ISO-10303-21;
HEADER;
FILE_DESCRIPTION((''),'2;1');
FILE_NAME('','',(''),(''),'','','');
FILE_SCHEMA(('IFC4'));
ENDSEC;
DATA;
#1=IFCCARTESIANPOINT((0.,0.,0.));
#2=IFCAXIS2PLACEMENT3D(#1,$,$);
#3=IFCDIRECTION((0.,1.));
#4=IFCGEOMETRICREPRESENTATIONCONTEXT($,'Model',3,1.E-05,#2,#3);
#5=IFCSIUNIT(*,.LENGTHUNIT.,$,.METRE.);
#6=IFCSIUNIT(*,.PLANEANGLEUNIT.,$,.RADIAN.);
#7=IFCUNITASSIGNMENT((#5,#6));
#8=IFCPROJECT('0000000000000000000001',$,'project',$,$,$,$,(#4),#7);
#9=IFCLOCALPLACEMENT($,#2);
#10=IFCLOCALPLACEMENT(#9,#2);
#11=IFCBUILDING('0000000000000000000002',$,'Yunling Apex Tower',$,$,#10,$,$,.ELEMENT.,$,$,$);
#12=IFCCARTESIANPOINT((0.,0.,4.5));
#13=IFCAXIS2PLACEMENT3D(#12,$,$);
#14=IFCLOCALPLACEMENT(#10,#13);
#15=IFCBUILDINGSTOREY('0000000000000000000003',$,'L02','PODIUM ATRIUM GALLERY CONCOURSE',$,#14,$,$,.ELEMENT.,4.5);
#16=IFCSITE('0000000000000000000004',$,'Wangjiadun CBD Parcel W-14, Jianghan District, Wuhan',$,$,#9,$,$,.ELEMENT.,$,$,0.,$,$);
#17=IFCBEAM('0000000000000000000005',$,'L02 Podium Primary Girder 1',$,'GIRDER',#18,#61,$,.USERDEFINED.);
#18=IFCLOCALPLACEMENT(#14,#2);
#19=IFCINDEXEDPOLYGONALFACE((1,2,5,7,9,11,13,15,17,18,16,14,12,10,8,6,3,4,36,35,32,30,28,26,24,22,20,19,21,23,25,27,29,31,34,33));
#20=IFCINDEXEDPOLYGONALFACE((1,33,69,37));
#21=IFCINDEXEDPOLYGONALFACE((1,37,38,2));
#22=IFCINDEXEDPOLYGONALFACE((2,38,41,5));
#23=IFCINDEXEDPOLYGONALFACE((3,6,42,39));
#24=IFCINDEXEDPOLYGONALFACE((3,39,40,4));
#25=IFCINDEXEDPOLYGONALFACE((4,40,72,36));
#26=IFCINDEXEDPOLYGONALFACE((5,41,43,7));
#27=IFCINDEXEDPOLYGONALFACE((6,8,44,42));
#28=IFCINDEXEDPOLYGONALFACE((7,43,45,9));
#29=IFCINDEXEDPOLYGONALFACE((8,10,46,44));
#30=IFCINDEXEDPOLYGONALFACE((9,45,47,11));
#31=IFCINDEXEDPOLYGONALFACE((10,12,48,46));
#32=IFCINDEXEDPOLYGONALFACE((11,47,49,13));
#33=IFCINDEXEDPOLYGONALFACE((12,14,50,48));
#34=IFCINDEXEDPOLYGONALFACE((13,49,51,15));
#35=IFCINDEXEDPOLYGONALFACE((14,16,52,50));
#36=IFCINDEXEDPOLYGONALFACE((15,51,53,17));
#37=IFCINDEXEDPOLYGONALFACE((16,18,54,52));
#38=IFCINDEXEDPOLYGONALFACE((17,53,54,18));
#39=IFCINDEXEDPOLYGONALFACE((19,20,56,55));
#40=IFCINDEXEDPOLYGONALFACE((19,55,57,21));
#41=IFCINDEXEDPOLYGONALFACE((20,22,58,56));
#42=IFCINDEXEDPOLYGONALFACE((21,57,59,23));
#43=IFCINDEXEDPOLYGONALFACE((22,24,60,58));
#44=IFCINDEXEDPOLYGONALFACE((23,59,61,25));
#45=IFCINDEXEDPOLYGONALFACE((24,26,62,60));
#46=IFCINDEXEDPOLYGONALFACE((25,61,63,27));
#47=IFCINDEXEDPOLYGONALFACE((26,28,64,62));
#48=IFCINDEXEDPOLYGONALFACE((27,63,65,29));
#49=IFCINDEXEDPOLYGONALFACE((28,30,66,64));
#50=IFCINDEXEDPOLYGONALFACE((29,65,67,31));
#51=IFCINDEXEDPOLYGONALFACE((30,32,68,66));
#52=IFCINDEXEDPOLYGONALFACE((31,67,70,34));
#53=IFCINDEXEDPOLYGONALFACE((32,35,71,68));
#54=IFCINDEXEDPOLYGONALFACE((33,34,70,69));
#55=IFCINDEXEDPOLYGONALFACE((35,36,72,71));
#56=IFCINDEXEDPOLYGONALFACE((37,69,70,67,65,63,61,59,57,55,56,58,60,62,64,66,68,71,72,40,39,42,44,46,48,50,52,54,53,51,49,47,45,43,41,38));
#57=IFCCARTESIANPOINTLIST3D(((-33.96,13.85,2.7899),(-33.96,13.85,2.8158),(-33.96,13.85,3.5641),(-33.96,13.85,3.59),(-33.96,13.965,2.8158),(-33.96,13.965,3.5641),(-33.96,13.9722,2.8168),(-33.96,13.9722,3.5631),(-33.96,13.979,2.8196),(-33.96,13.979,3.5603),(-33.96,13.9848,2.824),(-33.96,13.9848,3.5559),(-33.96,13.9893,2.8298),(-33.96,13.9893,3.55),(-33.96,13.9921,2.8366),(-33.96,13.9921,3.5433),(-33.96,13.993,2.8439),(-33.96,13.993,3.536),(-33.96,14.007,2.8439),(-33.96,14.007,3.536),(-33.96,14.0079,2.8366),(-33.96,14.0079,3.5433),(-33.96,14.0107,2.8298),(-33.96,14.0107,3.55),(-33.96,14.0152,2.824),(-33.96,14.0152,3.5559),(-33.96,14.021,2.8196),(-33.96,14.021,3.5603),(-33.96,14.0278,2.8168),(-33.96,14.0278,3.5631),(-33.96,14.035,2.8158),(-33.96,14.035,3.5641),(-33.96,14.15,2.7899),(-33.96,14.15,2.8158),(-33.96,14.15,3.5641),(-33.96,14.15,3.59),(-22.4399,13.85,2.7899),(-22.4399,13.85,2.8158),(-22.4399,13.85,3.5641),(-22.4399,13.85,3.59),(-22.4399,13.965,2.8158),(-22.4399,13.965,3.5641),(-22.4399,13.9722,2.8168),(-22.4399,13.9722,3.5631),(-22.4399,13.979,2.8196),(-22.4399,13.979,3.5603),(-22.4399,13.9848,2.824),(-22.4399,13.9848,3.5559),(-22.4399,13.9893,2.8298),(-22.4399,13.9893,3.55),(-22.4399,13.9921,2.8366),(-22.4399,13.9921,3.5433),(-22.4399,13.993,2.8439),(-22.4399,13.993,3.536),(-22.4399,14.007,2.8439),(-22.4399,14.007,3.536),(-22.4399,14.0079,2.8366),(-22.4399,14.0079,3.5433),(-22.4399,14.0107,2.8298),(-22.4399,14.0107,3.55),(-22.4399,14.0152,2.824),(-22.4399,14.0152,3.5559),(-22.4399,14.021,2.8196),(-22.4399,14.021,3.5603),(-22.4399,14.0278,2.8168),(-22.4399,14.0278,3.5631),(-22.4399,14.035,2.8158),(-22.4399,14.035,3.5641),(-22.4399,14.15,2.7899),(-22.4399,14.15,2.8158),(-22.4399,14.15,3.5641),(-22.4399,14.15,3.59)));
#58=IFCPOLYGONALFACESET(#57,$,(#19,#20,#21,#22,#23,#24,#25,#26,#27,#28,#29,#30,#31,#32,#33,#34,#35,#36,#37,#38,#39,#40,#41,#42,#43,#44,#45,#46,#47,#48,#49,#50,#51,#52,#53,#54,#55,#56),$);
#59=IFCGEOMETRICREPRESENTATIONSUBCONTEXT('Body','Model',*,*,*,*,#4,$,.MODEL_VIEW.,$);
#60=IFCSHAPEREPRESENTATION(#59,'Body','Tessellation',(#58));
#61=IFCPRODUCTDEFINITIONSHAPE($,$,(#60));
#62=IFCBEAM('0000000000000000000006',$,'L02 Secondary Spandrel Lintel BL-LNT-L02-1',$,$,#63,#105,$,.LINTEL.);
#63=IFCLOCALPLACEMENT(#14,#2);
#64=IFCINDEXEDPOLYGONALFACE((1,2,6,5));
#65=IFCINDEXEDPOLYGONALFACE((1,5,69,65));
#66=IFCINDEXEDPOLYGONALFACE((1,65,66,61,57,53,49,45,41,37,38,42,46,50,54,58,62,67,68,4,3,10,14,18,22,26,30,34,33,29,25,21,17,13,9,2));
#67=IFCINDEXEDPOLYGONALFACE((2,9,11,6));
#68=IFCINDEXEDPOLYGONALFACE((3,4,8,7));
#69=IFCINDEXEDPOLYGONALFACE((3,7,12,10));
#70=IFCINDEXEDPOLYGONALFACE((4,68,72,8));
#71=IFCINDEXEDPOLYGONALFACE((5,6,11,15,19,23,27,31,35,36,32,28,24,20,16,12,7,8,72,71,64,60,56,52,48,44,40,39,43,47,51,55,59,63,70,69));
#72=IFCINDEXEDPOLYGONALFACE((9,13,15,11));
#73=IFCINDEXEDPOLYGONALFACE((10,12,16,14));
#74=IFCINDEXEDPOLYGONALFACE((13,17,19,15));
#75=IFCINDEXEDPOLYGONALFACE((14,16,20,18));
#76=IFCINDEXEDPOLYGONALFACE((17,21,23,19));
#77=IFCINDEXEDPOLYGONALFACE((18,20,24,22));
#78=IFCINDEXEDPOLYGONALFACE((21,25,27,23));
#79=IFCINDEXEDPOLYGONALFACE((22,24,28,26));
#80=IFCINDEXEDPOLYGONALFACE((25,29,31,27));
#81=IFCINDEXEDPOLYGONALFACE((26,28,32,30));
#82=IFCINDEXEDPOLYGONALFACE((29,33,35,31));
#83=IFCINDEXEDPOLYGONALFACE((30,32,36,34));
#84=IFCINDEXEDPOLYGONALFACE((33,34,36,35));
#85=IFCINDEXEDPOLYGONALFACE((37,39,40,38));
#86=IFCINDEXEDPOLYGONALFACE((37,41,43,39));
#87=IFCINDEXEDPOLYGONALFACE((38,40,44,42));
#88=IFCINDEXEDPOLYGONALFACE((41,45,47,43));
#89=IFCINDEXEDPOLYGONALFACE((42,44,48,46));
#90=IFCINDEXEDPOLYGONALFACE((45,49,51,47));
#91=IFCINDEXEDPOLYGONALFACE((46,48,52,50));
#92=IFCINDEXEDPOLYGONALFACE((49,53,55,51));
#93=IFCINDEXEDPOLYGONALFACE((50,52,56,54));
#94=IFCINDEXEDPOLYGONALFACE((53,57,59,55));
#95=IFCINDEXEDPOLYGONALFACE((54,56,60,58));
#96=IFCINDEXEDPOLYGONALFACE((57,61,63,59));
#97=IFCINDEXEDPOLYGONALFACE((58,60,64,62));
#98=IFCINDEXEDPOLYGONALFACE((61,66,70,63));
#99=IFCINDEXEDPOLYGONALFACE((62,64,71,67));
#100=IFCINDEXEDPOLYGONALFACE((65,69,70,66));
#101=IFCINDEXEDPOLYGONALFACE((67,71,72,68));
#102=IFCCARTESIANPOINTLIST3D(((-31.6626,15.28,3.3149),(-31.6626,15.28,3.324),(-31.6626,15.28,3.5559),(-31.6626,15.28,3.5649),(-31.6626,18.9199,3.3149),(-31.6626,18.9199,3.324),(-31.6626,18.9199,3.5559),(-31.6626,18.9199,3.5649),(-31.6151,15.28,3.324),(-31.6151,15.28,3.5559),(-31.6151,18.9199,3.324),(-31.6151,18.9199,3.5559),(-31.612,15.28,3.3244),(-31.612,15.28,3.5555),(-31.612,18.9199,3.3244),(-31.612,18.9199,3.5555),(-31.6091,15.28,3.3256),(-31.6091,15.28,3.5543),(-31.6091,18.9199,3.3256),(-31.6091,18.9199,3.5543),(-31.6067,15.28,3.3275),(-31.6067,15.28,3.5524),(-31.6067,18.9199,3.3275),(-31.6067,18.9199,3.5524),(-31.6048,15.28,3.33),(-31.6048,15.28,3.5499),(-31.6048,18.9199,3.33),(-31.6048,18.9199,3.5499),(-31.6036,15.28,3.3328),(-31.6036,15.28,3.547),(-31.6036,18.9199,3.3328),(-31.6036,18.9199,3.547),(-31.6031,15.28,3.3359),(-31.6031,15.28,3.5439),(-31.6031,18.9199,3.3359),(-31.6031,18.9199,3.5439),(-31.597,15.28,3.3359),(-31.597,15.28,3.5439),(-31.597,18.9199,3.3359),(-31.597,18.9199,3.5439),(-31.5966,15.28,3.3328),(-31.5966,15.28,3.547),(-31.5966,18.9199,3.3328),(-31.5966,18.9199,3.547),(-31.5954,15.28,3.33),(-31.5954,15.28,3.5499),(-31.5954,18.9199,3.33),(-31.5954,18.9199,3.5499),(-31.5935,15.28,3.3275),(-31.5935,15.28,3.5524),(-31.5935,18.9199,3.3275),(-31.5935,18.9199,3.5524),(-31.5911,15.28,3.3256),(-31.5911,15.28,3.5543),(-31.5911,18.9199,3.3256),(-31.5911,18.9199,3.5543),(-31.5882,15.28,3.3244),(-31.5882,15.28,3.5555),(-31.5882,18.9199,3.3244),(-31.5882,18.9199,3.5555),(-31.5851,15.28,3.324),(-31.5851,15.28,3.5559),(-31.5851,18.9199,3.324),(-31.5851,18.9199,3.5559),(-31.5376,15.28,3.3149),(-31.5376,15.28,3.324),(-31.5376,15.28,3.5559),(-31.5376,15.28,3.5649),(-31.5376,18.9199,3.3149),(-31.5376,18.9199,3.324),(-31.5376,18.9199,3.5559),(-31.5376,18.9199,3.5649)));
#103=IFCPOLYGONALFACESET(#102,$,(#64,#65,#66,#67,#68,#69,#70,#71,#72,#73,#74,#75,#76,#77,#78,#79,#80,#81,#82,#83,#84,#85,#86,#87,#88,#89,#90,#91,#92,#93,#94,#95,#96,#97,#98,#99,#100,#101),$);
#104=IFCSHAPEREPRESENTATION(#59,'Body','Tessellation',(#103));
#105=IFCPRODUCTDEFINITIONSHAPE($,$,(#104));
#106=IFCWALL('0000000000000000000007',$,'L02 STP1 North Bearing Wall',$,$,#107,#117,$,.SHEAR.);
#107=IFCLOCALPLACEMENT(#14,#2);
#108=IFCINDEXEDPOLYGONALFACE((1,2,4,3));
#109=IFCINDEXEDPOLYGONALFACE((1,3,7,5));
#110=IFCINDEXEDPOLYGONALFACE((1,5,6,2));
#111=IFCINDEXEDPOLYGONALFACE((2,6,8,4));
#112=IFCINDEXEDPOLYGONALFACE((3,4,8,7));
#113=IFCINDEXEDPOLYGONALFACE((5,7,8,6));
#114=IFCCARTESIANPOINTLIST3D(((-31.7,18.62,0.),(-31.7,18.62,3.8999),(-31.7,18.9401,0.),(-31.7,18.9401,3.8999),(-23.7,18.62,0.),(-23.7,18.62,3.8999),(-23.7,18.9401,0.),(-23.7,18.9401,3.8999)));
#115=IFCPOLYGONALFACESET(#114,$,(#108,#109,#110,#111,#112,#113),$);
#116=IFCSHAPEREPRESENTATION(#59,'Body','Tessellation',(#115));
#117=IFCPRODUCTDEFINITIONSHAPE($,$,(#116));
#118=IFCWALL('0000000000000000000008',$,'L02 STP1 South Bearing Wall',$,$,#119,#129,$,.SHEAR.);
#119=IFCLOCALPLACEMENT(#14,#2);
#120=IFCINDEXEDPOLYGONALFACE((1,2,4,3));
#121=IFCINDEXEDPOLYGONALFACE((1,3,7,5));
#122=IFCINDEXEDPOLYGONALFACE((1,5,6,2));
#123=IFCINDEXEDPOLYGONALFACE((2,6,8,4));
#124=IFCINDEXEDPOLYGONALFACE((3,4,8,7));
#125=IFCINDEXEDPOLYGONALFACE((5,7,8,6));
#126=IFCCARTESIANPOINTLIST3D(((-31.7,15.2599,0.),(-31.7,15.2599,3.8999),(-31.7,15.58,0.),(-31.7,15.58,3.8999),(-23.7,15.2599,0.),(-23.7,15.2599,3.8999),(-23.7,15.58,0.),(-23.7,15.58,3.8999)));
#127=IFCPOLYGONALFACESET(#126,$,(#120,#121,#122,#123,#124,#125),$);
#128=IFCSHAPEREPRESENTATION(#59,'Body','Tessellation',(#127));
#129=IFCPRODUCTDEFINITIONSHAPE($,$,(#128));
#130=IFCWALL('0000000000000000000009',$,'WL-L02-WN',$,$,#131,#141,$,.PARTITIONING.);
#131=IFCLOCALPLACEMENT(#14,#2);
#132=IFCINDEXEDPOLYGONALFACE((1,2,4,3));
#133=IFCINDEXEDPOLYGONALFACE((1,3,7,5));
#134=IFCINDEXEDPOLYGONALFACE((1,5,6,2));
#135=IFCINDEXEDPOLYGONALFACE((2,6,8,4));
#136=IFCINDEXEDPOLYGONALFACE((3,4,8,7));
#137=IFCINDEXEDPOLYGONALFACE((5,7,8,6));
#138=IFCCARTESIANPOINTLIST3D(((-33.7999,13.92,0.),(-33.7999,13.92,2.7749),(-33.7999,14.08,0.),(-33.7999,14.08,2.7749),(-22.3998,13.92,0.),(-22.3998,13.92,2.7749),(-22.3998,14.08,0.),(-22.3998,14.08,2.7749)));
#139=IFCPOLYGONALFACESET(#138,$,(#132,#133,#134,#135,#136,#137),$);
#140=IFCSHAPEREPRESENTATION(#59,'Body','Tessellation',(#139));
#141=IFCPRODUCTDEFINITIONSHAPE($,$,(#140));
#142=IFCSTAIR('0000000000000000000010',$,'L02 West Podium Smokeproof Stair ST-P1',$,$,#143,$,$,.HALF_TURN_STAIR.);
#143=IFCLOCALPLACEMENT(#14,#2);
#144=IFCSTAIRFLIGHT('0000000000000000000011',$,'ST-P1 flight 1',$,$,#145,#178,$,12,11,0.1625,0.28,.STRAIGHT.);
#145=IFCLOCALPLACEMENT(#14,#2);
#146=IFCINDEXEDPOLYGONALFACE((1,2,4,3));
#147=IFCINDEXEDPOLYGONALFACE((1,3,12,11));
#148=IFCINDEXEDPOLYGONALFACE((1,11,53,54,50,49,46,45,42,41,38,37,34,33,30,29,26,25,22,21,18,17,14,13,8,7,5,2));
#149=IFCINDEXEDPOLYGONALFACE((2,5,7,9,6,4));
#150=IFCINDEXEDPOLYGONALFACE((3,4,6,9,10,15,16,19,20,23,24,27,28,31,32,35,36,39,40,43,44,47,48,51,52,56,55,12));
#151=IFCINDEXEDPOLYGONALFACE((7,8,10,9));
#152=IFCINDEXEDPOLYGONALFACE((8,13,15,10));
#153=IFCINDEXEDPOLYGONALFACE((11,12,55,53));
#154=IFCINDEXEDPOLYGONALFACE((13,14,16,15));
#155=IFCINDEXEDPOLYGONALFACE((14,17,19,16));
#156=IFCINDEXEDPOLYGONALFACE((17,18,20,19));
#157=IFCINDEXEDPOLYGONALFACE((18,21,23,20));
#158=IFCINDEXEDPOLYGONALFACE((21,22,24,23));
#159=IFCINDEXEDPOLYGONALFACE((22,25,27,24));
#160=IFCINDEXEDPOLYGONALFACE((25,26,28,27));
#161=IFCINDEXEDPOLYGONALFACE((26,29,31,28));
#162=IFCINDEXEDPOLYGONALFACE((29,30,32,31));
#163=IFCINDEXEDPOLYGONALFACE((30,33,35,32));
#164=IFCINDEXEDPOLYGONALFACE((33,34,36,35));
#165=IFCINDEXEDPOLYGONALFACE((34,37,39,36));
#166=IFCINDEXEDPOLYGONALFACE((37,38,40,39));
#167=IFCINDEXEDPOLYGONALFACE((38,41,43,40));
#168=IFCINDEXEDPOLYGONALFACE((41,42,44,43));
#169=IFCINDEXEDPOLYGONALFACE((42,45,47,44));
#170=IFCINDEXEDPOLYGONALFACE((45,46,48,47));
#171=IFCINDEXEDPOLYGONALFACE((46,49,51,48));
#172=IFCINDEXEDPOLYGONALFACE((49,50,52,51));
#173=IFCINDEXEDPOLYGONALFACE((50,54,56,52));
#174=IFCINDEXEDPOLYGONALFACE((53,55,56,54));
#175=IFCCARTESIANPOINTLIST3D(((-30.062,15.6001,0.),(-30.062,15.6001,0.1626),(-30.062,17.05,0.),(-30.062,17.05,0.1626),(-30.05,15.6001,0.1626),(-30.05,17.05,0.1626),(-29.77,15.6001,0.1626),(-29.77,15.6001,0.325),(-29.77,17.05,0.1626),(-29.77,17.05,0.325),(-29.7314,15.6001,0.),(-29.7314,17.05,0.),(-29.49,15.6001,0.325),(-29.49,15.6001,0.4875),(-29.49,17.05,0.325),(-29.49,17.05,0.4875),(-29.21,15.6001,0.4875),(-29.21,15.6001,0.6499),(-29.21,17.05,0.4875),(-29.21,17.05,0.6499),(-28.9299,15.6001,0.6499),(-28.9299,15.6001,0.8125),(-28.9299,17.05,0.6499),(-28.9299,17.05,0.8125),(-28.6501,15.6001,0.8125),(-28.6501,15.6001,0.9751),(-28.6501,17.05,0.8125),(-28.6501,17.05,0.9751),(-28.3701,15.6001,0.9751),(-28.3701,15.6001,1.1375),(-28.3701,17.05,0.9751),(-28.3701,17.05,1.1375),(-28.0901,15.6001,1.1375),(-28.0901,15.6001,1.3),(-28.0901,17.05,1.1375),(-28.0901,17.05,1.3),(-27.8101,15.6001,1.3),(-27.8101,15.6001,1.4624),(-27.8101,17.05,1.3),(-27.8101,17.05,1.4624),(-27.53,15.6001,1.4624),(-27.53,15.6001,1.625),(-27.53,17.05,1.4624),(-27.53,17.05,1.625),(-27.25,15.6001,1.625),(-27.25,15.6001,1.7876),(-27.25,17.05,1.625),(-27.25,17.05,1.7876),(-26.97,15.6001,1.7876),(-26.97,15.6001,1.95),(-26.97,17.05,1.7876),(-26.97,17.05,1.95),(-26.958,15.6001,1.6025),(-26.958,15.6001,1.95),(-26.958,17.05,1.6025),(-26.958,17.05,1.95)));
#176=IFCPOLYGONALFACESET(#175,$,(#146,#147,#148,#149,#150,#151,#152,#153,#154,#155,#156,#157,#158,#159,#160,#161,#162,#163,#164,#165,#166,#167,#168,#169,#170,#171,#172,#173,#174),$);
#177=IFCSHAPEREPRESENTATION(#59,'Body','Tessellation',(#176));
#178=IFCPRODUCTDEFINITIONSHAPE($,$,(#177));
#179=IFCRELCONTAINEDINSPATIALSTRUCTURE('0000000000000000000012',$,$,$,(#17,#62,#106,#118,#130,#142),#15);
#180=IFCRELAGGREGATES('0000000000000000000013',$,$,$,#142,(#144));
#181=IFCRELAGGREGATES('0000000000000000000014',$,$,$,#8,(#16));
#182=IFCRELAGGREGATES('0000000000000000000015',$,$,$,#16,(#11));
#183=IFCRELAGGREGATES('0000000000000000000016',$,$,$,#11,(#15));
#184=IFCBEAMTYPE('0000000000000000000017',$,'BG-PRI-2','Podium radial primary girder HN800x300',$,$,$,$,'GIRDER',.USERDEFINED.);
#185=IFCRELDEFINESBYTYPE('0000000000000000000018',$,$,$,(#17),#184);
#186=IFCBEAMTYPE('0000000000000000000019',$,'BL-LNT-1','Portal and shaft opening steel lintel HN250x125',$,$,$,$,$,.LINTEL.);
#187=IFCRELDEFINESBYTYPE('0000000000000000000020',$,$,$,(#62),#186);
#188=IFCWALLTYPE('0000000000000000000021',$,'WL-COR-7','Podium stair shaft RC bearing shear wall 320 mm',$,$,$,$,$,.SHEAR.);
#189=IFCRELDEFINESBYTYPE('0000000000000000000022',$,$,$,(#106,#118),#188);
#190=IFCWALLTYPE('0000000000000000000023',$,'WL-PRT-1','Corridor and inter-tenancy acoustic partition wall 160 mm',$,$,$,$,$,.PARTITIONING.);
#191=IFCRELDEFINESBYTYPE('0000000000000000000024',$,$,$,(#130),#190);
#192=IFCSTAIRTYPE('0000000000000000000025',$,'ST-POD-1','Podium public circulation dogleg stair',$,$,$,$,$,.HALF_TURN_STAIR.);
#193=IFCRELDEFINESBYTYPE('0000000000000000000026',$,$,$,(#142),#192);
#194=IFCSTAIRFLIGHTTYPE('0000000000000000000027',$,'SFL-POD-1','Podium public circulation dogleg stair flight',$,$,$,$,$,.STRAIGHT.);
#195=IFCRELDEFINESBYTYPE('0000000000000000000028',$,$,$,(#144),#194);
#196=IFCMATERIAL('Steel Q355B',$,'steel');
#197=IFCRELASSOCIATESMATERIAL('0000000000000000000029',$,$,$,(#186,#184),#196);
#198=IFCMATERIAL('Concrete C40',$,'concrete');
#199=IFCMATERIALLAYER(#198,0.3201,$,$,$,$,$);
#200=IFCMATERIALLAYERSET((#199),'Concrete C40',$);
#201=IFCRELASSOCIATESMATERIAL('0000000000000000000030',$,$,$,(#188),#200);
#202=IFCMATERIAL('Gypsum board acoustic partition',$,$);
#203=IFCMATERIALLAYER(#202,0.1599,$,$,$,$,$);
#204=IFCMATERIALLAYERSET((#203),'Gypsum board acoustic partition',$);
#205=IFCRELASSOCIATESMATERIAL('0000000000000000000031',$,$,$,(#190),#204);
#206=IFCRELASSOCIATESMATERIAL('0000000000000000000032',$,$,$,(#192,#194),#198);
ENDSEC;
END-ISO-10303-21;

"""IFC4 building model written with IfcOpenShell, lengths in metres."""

from ifc_helpers import new_model, si_unit, direction, frame, frame_2d, origin, origin_2d, place, context, subcontext, project, spatial, polyline, rectangle, i_section, outline, extrude, source, transform, mapped, material, layer, layer_set, material_profile, profile_set, type_object, element, aggregate, save


model = new_model("IFC4")

# Units and contexts
model_context = context("Model", 3, precision=1e-05, world=origin(), true_north=direction((0.0, 1.0)))
body_context = subcontext(model_context, "Body", "Model", "MODEL_VIEW")
ifc_project = project(units=[si_unit("LENGTHUNIT", "METRE"), si_unit("PLANEANGLEUNIT", "RADIAN")], contexts=[model_context])

# Site, building, storey
site_placement = place(None, origin())
site = spatial("IfcSite", under=ifc_project, at=site_placement, Name="Wangjiadun CBD Parcel W-14, Jianghan District, Wuhan", CompositionType="ELEMENT", RefElevation=0.0)
building_placement = place(site_placement, origin())
building = spatial("IfcBuilding", under=site, at=building_placement, Name="Yunling Apex Tower", CompositionType="ELEMENT")
storey_placement = place(building_placement, frame((0.0, 0.0, 4.5)))
storey = spatial("IfcBuildingStorey", under=building, at=storey_placement, Name="L02", Description="PODIUM ATRIUM GALLERY CONCOURSE", CompositionType="ELEMENT", Elevation=4.5)

# Beams
ifc_material_1 = material(Name="Steel Q355B", Category="steel")
ifc_material_profile_1 = material_profile(ifc_material_1, i_section(OverallWidth=0.125, OverallDepth=0.25, WebThickness=0.0061, FlangeThickness=0.009, FilletRadius=0.012, at=origin_2d()))
ifc_profile_set_1 = profile_set([ifc_material_profile_1], Name="Steel Q355B")
beam_type_1 = type_object("IfcBeamType", Name="BL-LNT-1", Description="Portal and shaft opening steel lintel HN250x125", PredefinedType="LINTEL", material=ifc_profile_set_1)
ifc_material_profile_2 = material_profile(ifc_material_1, i_section(OverallWidth=0.3, OverallDepth=0.8, WebThickness=0.0139, FlangeThickness=0.0259, FilletRadius=0.0281, at=origin_2d()))
ifc_profile_set_2 = profile_set([ifc_material_profile_2], Name="Steel Q355B")
beam_type_2 = type_object("IfcBeamType", Name="BG-PRI-2", Description="Podium radial primary girder HN800x300", ElementType="GIRDER", PredefinedType="USERDEFINED", material=ifc_profile_set_2)
shared_shape_1 = source(origin(), body_context, "Body", "SweptSolid", [
    extrude(i_section(OverallWidth=0.3, OverallDepth=0.8, WebThickness=0.0139, FlangeThickness=0.0259, FilletRadius=0.0281, at=origin_2d()), origin(), (0.0, 0.0, 1.0), 11.52),
])
beam_1_placement = place(storey_placement, frame((-33.96, 14.0, 3.1899), z_axis=(1.0, 0.0, 0.0), x_axis=(0.0, 1.0, 0.0)))
element("IfcBeam", 1, at=beam_1_placement, inside=storey, type_object=beam_type_2, Name="L02 Podium Primary Girder 1", ObjectType="GIRDER", PredefinedType="USERDEFINED", context=body_context, shape_type="MappedRepresentation", body=[
    mapped(shared_shape_1, transform((0.0, 0.0, 0.0), scale=1.0)),
])
shared_shape_2 = source(origin(), body_context, "Body", "SweptSolid", [
    extrude(i_section(OverallWidth=0.125, OverallDepth=0.25, WebThickness=0.0061, FlangeThickness=0.009, FilletRadius=0.012, at=origin_2d()), origin(), (0.0, 0.0, 1.0), 3.6399),
])
beam_2_placement = place(storey_placement, frame((-31.6001, 15.28, 3.4399), z_axis=(0.0, 1.0, 0.0), x_axis=(-1.0, 0.0, 0.0)))
element("IfcBeam", 2, at=beam_2_placement, inside=storey, type_object=beam_type_1, Name="L02 Secondary Spandrel Lintel BL-LNT-L02-1", PredefinedType="LINTEL", context=body_context, shape_type="MappedRepresentation", body=[
    mapped(shared_shape_2, transform((0.0, 0.0, 0.0), scale=1.0)),
])

# Walls
ifc_material_2 = material(Name="Concrete C40", Category="concrete")
ifc_layer_1 = layer(ifc_material_2, 0.3201)
ifc_layer_set_1 = layer_set([ifc_layer_1], Name="Concrete C40")
wall_type_1 = type_object("IfcWallType", Name="WL-COR-7", Description="Podium stair shaft RC bearing shear wall 320 mm", PredefinedType="SHEAR", material=ifc_layer_set_1)
for number, where, z_axis, x_axis, name in (
    (3, (-31.7, 18.78, 0.0), (0.0, 0.0, 1.0), (1.0, 0.0, 0.0), "L02 STP1 North Bearing Wall"),
    (4, (-31.7, 15.4199, 0.0), (0.0, 0.0, 1.0), (1.0, 0.0, 0.0), "L02 STP1 South Bearing Wall"),
):
    element("IfcWall", number, at=place(storey_placement, frame(where, z_axis=z_axis, x_axis=x_axis)), inside=storey, type_object=wall_type_1, Name=name, PredefinedType="SHEAR", context=body_context, shape_type="SweptSolid", body=[
        extrude(rectangle(XDim=8.0, YDim=0.3201, at=frame_2d((4.0, 0.0))), origin(), (0.0, 0.0, 1.0), 3.8999),
    ])
ifc_material_3 = material(Name="Gypsum board acoustic partition")
ifc_layer_2 = layer(ifc_material_3, 0.1599)
ifc_layer_set_2 = layer_set([ifc_layer_2], Name="Gypsum board acoustic partition")
wall_type_2 = type_object("IfcWallType", Name="WL-PRT-1", Description="Corridor and inter-tenancy acoustic partition wall 160 mm", PredefinedType="PARTITIONING", material=ifc_layer_set_2)
wall_1_placement = place(storey_placement, frame((-33.8, 14.0, 0.0), z_axis=(0.0, 0.0, 1.0), x_axis=(1.0, 0.0, 0.0)))
element("IfcWall", 5, at=wall_1_placement, inside=storey, type_object=wall_type_2, Name="WL-L02-WN", PredefinedType="PARTITIONING", context=body_context, shape_type="SweptSolid", body=[
    extrude(rectangle(XDim=11.4001, YDim=0.1599, at=frame_2d((5.7002, 0.0))), origin(), (0.0, 0.0, 1.0), 2.7749),
])

# Stair, stair flight
stair_type = type_object("IfcStairType", Name="ST-POD-1", Description="Podium public circulation dogleg stair", PredefinedType="HALF_TURN_STAIR", material=ifc_material_2)
stair_placement = place(storey_placement, origin())
stair = element("IfcStair", 6, at=stair_placement, inside=storey, type_object=stair_type, Name="L02 West Podium Smokeproof Stair ST-P1", PredefinedType="HALF_TURN_STAIR")
stair_flight_type = type_object("IfcStairFlightType", Name="SFL-POD-1", Description="Podium public circulation dogleg stair flight", PredefinedType="STRAIGHT", material=ifc_material_2)
stair_flight_1_placement = place(storey_placement, frame((-30.05, 16.325, 0.0), z_axis=(0.0, 0.0, 1.0), x_axis=(1.0, 0.0, 0.0)))
stair_flight_1 = element("IfcStairFlight", 7, at=stair_flight_1_placement, type_object=stair_flight_type, Name="ST-P1 flight 1", NumberOfRisers=12, NumberOfTreads=11, PredefinedType="STRAIGHT", RiserHeight=0.1625, TreadLength=0.28, context=body_context, shape_type="SweptSolid", body=[
    extrude(outline(polyline([(-0.012, 0.0), (-0.012, 0.1626), (0.0, 0.1626), (0.28, 0.1626), (0.28, 0.325), (0.5601, 0.325), (0.5601, 0.4875), (0.8401, 0.4875), (0.8401, 0.6499), (1.1201, 0.6499), (1.1201, 0.8125), (1.3999, 0.8125), (1.3999, 0.9751), (1.6799, 0.9751), (1.6799, 1.1375), (1.96, 1.1375), (1.96, 1.3), (2.24, 1.3), (2.24, 1.4624), (2.52, 1.4624), (2.52, 1.625), (2.8, 1.625), (2.8, 1.7876), (3.0801, 1.7876), (3.0801, 1.95), (3.092, 1.95), (3.092, 1.6025), (0.3186, 0.0), (-0.012, 0.0)])), frame((0.0, 0.7251, 0.0), z_axis=(0.0, -1.0, 0.0), x_axis=(1.0, 0.0, 0.0)), (0.0, 0.0, 1.0), 1.45),
])
aggregate(stair, [stair_flight_1])

save(model, "model.ifc")
